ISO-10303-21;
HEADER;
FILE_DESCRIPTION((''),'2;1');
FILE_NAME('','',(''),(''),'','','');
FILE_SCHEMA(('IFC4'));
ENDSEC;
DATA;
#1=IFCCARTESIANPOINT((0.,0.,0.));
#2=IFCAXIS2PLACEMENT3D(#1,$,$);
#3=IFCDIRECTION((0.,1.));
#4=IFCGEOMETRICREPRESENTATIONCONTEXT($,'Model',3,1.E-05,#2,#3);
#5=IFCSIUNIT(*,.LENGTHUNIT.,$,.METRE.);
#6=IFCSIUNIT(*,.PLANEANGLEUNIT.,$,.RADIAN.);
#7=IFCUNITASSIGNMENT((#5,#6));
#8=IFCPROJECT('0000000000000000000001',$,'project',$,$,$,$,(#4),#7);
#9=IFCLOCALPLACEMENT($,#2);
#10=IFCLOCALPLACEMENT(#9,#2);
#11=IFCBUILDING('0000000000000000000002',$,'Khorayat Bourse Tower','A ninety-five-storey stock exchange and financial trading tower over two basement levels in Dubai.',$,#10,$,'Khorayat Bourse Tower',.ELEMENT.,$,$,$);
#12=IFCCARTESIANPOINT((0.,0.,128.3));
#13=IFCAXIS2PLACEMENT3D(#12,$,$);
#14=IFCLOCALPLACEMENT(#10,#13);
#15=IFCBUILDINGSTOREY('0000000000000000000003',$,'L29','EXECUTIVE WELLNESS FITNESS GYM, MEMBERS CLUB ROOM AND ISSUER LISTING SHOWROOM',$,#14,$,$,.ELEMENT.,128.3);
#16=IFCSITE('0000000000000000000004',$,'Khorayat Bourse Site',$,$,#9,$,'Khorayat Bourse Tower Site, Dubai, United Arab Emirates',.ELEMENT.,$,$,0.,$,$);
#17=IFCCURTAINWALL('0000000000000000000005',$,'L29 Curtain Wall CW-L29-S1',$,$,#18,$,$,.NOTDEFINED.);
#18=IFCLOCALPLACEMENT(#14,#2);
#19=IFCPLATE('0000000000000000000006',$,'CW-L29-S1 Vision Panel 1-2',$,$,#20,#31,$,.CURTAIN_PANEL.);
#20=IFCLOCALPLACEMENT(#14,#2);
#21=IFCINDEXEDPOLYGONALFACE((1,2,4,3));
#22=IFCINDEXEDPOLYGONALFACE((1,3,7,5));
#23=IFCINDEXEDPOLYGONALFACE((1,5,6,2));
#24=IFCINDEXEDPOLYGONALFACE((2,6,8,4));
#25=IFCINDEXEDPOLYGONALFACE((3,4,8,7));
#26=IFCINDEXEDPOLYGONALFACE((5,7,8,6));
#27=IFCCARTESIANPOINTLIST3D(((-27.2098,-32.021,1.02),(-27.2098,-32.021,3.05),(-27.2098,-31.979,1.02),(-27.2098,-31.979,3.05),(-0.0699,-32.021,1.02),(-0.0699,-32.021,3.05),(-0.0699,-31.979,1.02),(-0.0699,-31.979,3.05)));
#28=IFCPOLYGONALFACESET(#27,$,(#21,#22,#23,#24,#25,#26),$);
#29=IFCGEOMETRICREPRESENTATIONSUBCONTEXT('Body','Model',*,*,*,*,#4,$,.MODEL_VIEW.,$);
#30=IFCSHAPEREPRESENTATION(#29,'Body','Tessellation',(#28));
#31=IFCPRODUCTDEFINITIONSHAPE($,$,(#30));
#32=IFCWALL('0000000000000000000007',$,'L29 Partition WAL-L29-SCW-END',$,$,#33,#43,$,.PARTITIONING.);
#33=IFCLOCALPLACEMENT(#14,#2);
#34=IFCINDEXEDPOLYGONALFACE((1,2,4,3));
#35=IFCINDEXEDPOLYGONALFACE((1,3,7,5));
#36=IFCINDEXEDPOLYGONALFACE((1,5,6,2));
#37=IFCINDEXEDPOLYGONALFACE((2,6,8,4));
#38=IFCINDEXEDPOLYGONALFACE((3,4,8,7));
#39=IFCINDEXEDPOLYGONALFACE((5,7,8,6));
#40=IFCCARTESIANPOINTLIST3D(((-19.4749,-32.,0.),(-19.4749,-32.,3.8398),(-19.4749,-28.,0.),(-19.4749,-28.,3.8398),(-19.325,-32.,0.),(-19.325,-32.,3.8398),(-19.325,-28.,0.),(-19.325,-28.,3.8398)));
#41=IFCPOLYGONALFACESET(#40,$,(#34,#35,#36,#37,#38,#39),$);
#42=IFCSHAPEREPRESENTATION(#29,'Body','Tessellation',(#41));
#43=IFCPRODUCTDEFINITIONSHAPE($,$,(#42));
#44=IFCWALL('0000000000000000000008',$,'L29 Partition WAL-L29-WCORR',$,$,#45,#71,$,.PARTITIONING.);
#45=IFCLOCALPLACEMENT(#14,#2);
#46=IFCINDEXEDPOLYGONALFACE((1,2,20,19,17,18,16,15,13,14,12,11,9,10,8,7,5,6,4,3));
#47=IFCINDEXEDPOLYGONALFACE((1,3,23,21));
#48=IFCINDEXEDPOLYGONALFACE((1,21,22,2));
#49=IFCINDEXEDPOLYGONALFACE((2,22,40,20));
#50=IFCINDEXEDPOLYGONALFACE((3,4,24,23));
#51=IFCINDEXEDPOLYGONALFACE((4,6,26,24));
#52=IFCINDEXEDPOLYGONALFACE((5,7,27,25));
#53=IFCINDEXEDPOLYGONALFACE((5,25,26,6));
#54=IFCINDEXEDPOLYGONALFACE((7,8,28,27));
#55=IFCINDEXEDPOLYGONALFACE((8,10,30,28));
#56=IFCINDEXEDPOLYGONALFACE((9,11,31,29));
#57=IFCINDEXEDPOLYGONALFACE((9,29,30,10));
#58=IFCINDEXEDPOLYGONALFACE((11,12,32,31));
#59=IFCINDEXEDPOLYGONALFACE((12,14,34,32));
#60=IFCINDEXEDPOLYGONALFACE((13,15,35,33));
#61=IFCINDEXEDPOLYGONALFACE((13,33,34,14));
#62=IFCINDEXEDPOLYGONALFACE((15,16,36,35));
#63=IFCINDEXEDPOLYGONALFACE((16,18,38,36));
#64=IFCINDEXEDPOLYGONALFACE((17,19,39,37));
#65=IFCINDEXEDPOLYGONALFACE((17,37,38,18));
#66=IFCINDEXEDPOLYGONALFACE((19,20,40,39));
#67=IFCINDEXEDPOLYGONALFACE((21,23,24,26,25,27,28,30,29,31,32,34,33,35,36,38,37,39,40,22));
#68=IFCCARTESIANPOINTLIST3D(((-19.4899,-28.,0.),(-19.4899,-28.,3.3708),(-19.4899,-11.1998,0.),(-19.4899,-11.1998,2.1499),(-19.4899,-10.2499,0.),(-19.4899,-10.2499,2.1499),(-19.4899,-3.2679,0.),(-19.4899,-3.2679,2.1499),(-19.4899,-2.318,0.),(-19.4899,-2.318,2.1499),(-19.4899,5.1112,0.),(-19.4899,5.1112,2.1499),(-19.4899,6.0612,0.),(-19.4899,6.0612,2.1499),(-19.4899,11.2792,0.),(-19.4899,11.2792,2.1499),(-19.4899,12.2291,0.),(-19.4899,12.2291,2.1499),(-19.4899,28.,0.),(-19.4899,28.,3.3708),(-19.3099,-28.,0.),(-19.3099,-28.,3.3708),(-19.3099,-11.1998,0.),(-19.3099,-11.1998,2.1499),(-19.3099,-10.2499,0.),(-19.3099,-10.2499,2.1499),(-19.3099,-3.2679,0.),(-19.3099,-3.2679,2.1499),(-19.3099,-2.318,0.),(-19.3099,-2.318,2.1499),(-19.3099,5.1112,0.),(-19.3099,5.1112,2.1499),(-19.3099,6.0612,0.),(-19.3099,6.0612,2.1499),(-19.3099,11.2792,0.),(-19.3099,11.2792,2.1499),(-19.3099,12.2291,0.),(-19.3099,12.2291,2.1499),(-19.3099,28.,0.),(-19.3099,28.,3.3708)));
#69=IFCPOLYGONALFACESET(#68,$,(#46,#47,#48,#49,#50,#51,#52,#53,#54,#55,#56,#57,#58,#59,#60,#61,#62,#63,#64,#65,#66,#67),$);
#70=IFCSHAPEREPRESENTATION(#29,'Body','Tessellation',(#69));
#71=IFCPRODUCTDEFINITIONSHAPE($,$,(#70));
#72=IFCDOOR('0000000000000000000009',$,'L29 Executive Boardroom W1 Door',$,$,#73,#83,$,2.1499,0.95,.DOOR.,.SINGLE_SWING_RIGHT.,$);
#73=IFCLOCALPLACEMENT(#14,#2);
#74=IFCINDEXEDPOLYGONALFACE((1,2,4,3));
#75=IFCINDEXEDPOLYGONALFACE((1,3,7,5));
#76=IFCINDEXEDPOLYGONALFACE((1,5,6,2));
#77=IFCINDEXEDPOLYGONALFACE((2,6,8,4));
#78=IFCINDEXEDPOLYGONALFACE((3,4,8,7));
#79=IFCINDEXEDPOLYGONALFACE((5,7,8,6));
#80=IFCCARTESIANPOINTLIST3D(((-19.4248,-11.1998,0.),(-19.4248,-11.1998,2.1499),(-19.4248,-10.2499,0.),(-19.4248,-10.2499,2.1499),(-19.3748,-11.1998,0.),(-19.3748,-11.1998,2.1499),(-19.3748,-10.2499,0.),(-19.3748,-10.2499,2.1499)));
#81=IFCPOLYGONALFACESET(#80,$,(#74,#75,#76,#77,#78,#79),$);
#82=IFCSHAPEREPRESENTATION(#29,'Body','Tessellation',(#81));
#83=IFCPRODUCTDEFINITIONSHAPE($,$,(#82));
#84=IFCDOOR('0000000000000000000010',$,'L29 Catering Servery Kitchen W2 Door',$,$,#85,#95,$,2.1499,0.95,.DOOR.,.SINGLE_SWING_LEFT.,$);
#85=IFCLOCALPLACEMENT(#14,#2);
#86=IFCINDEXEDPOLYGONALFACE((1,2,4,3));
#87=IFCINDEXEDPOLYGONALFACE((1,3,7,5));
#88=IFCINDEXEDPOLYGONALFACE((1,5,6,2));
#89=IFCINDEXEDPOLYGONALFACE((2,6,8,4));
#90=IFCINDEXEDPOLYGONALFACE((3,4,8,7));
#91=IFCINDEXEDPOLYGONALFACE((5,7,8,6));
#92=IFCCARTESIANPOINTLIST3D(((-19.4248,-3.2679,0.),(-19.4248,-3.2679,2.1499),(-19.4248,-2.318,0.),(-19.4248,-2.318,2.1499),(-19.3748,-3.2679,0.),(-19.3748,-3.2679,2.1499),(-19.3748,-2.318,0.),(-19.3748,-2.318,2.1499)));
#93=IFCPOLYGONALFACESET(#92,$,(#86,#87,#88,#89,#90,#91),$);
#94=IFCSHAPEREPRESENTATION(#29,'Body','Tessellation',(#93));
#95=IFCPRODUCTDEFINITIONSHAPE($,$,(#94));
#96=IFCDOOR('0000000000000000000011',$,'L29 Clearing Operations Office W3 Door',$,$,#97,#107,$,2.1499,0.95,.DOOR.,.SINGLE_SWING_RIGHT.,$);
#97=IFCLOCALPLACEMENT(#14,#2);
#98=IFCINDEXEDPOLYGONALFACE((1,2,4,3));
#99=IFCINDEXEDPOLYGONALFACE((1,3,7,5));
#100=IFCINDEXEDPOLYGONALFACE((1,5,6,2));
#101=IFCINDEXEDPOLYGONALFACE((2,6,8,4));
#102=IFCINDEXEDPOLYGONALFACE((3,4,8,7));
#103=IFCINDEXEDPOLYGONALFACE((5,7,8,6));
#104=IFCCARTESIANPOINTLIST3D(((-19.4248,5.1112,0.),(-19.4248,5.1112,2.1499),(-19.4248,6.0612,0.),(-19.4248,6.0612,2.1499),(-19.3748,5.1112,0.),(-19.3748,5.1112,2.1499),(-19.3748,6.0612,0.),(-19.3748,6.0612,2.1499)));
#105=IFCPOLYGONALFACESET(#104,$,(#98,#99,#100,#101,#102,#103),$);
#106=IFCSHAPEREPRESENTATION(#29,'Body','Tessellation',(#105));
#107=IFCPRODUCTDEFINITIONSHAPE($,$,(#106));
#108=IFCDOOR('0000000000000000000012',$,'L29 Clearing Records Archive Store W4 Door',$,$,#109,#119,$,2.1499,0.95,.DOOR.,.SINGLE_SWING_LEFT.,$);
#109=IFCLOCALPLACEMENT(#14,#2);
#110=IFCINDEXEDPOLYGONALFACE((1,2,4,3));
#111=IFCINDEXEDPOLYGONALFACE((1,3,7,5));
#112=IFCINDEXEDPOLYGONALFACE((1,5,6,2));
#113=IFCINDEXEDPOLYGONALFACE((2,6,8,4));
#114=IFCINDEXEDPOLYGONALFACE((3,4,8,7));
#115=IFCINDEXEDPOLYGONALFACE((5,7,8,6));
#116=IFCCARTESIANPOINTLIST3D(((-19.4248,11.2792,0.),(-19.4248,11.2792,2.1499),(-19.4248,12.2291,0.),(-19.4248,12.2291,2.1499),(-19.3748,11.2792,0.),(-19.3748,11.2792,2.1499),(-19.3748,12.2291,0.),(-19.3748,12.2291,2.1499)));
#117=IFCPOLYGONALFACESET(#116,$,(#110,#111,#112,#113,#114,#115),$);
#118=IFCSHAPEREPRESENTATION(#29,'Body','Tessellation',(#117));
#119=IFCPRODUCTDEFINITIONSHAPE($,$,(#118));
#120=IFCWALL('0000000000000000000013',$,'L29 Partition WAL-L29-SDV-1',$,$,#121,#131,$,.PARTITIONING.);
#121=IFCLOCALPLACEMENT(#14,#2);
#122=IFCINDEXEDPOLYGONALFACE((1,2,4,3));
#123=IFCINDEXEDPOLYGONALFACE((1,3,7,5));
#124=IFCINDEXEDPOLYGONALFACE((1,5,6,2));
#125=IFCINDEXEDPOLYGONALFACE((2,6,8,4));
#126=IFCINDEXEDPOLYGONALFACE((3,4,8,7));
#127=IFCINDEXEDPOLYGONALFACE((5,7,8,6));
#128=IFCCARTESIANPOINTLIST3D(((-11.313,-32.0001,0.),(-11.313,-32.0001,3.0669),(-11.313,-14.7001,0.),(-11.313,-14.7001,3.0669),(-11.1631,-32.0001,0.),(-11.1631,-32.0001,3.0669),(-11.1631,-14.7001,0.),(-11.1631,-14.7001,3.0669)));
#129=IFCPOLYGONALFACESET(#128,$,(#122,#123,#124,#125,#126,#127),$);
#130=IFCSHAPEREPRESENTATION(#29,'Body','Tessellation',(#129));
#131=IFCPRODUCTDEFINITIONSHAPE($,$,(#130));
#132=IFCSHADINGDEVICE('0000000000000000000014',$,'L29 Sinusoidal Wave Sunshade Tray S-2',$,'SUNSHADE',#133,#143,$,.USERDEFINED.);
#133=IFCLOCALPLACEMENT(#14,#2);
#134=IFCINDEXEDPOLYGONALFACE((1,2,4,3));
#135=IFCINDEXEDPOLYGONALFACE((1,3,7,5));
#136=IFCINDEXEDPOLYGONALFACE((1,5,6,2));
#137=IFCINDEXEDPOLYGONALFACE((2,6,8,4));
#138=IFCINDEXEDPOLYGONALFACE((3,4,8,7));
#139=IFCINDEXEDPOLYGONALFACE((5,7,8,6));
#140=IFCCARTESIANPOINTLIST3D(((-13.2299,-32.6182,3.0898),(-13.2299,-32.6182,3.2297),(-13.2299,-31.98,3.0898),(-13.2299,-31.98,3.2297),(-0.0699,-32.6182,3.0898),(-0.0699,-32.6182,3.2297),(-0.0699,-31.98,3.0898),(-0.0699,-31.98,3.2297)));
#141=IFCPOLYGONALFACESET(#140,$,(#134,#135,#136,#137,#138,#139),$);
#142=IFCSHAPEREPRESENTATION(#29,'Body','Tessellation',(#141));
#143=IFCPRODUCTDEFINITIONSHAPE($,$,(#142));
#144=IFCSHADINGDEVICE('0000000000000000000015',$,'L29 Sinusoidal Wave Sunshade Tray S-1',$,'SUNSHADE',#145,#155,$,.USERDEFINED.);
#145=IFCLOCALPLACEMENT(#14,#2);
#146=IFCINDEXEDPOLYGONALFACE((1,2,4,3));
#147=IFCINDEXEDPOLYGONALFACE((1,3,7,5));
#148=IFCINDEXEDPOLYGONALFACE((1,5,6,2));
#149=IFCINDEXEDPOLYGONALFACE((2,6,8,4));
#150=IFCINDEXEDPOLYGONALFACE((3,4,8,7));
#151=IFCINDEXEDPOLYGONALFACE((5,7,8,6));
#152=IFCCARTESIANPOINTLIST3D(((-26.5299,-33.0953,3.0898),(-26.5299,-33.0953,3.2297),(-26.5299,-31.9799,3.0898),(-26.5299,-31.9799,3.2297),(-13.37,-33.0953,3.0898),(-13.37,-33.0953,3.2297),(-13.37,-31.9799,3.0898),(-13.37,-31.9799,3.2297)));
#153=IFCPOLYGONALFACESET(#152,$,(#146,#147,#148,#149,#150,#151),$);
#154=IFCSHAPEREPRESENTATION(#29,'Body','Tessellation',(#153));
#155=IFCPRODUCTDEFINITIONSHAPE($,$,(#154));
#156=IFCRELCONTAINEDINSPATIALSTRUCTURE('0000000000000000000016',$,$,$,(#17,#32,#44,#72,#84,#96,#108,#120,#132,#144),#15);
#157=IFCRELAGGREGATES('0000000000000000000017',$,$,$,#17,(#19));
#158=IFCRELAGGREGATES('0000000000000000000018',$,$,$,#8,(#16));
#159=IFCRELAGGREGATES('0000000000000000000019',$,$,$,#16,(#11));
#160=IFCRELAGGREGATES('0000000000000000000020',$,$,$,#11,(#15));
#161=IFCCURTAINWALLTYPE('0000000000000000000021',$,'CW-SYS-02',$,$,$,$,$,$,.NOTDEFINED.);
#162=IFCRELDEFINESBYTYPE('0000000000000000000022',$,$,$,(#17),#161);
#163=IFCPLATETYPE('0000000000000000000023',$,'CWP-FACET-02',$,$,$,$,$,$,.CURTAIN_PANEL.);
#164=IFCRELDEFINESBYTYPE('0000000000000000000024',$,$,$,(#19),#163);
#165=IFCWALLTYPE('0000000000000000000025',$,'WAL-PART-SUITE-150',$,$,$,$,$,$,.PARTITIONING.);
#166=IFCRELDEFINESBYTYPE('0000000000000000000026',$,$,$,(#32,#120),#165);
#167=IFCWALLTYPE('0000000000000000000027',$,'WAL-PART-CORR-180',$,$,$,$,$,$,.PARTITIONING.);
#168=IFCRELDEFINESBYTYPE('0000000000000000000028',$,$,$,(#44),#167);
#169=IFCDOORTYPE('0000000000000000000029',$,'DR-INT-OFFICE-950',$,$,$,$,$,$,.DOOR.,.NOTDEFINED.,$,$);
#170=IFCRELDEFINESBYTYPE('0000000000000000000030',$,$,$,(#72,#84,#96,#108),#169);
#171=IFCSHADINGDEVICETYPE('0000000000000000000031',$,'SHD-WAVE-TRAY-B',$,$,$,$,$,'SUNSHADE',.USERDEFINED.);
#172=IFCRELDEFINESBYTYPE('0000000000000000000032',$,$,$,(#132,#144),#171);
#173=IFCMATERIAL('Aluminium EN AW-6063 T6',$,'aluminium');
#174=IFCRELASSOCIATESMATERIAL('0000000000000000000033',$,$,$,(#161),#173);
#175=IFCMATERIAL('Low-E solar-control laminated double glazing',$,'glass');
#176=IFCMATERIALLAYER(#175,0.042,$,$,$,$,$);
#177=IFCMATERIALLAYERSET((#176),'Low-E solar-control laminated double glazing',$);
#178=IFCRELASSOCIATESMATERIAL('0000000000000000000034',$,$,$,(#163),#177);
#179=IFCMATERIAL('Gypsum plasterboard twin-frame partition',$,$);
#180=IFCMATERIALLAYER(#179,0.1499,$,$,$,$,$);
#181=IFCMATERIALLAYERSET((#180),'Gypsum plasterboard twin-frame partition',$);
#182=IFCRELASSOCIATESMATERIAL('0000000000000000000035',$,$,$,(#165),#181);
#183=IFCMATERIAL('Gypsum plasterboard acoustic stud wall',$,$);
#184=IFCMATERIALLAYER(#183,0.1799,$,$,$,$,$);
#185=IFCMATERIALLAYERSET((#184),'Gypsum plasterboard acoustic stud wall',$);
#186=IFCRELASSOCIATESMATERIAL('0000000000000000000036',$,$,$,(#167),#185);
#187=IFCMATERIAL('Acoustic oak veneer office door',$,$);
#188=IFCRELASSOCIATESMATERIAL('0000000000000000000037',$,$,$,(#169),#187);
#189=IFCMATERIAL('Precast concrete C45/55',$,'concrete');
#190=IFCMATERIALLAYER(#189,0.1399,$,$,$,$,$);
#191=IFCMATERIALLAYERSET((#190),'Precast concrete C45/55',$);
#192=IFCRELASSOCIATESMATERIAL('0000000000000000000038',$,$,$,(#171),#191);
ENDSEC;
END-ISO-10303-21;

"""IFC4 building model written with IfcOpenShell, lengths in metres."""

from ifc_helpers import new_model, si_unit, direction, frame, frame_2d, origin, origin_2d, place, context, subcontext, project, spatial, rectangle, extrude, source, transform, mapped, material, layer, layer_set, type_object, element, fill, aggregate, save


model = new_model("IFC4")

# Units and contexts
model_context = context("Model", 3, precision=1e-05, world=origin(), true_north=direction((0.0, 1.0)))
body_context = subcontext(model_context, "Body", "Model", "MODEL_VIEW")
ifc_project = project(units=[si_unit("LENGTHUNIT", "METRE"), si_unit("PLANEANGLEUNIT", "RADIAN")], contexts=[model_context])

# Site, building, storey
site_placement = place(None, origin())
site = spatial("IfcSite", under=ifc_project, at=site_placement, Name="Khorayat Bourse Site", LongName="Khorayat Bourse Tower Site, Dubai, United Arab Emirates", CompositionType="ELEMENT", RefElevation=0.0)
building_placement = place(site_placement, origin())
building = spatial("IfcBuilding", under=site, at=building_placement, Name="Khorayat Bourse Tower", Description="A ninety-five-storey stock exchange and financial trading tower over two basement levels in Dubai.", LongName="Khorayat Bourse Tower", CompositionType="ELEMENT")
storey_placement = place(building_placement, frame((0.0, 0.0, 128.3)))
storey = spatial("IfcBuildingStorey", under=building, at=storey_placement, Name="L29", Description="EXECUTIVE WELLNESS FITNESS GYM, MEMBERS CLUB ROOM AND ISSUER LISTING SHOWROOM", CompositionType="ELEMENT", Elevation=128.3)

# Curtain wall
ifc_material_1 = material(Name="Aluminium EN AW-6063 T6", Category="aluminium")
curtain_wall_type = type_object("IfcCurtainWallType", Name="CW-SYS-02", PredefinedType="NOTDEFINED", material=ifc_material_1)
curtain_wall_placement = place(storey_placement, origin())
curtain_wall = element("IfcCurtainWall", 1, at=curtain_wall_placement, inside=storey, type_object=curtain_wall_type, Name="L29 Curtain Wall CW-L29-S1", PredefinedType="NOTDEFINED")

# Plate
ifc_material_2 = material(Name="Low-E solar-control laminated double glazing", Category="glass")
ifc_layer_1 = layer(ifc_material_2, 0.042)
ifc_layer_set_1 = layer_set([ifc_layer_1], Name="Low-E solar-control laminated double glazing")
plate_type_1 = type_object("IfcPlateType", Name="CWP-FACET-02", PredefinedType="CURTAIN_PANEL", material=ifc_layer_set_1)
shared_shape_1 = source(origin(), body_context, "Body", "SweptSolid", [
    extrude(rectangle(XDim=27.1399, YDim=0.042, at=origin_2d()), origin(), (0.0, 0.0, 1.0), 2.03),
])
plate_1_placement = place(storey_placement, frame((-13.6399, -32.0, 1.02), z_axis=(0.0, 0.0, 1.0), x_axis=(1.0, 0.0, 0.0)))
plate_1 = element("IfcPlate", 2, at=plate_1_placement, type_object=plate_type_1, Name="CW-L29-S1 Vision Panel 1-2", PredefinedType="CURTAIN_PANEL", context=body_context, shape_type="MappedRepresentation", body=[
    mapped(shared_shape_1, transform((0.0, 0.0, 0.0), scale=1.0)),
])
aggregate(curtain_wall, [plate_1])

# Wall
ifc_material_3 = material(Name="Gypsum plasterboard twin-frame partition")
ifc_layer_2 = layer(ifc_material_3, 0.1499)
ifc_layer_set_2 = layer_set([ifc_layer_2], Name="Gypsum plasterboard twin-frame partition")
wall_type_1 = type_object("IfcWallType", Name="WAL-PART-SUITE-150", PredefinedType="PARTITIONING", material=ifc_layer_set_2)
shared_shape_2 = source(origin(), body_context, "Body", "SweptSolid", [
    extrude(rectangle(XDim=4.0, YDim=0.1499, at=frame_2d((2.0, 0.0))), origin(), (0.0, 0.0, 1.0), 3.8398),
])
wall_1_placement = place(storey_placement, frame((-19.3999, -32.0, 0.0), z_axis=(0.0, 0.0, 1.0), x_axis=(0.0, 1.0, 0.0)))
element("IfcWall", 3, at=wall_1_placement, inside=storey, type_object=wall_type_1, Name="L29 Partition WAL-L29-SCW-END", PredefinedType="PARTITIONING", context=body_context, shape_type="MappedRepresentation", body=[
    mapped(shared_shape_2, transform((0.0, 0.0, 0.0), scale=1.0)),
])

# Wall, openings, doors
ifc_material_4 = material(Name="Gypsum plasterboard acoustic stud wall")
ifc_layer_3 = layer(ifc_material_4, 0.1799)
ifc_layer_set_3 = layer_set([ifc_layer_3], Name="Gypsum plasterboard acoustic stud wall")
wall_type_2 = type_object("IfcWallType", Name="WAL-PART-CORR-180", PredefinedType="PARTITIONING", material=ifc_layer_set_3)
shared_shape_3 = source(origin(), body_context, "Body", "SweptSolid", [
    extrude(rectangle(XDim=56.0, YDim=0.1799, at=frame_2d((28.0, 0.0))), origin(), (0.0, 0.0, 1.0), 3.3708),
])
wall_2_placement = place(storey_placement, frame((-19.3999, -28.0, 0.0), z_axis=(0.0, 0.0, 1.0), x_axis=(0.0, 1.0, 0.0)))
wall_2 = element("IfcWall", 4, at=wall_2_placement, inside=storey, type_object=wall_type_2, Name="L29 Partition WAL-L29-WCORR", PredefinedType="PARTITIONING", context=body_context, shape_type="MappedRepresentation", body=[
    mapped(shared_shape_3, transform((0.0, 0.0, 0.0), scale=1.0)),
])
shared_shape_4 = source(origin(), body_context, "Body", "SweptSolid", [
    extrude(rectangle(XDim=0.95, YDim=2.1499, at=frame_2d((0.4751, 1.075))), frame((0.0, 0.0999, 0.0), z_axis=(0.0, -1.0, 0.0), x_axis=(1.0, 0.0, 0.0)), (0.0, 0.0, 1.0), 0.2),
])
opening_1_placement = place(wall_2_placement, frame((16.8, 0.0, 0.0)))
opening_1 = element("IfcOpeningElement", 5, at=opening_1_placement, cuts=wall_2, PredefinedType="OPENING", context=body_context, shape_type="MappedRepresentation", body=[
    mapped(shared_shape_4, transform((0.0, 0.0, 0.0), scale=1.0)),
])
opening_2_placement = place(wall_2_placement, frame((24.7319, 0.0, 0.0)))
opening_2 = element("IfcOpeningElement", 6, at=opening_2_placement, cuts=wall_2, PredefinedType="OPENING", context=body_context, shape_type="MappedRepresentation", body=[
    mapped(shared_shape_4, transform((0.0, 0.0, 0.0), scale=1.0)),
])
opening_3_placement = place(wall_2_placement, frame((33.1111, 0.0, 0.0)))
opening_3 = element("IfcOpeningElement", 7, at=opening_3_placement, cuts=wall_2, PredefinedType="OPENING", context=body_context, shape_type="MappedRepresentation", body=[
    mapped(shared_shape_4, transform((0.0, 0.0, 0.0), scale=1.0)),
])
opening_4_placement = place(wall_2_placement, frame((39.2791, 0.0, 0.0)))
opening_4 = element("IfcOpeningElement", 8, at=opening_4_placement, cuts=wall_2, PredefinedType="OPENING", context=body_context, shape_type="MappedRepresentation", body=[
    mapped(shared_shape_4, transform((0.0, 0.0, 0.0), scale=1.0)),
])
ifc_material_5 = material(Name="Acoustic oak veneer office door")
door_type = type_object("IfcDoorType", Name="DR-INT-OFFICE-950", OperationType="NOTDEFINED", PredefinedType="DOOR", material=ifc_material_5)
shared_shape_5 = source(origin(), body_context, "Body", "SweptSolid", [
    extrude(rectangle(XDim=0.95, YDim=2.1499, at=frame_2d((0.4751, 1.075))), frame((0.0, 0.0249, 0.0), z_axis=(0.0, -1.0, 0.0), x_axis=(1.0, 0.0, 0.0)), (0.0, 0.0, 1.0), 0.05),
])
door_1_placement = place(opening_1_placement, origin())
door_1 = element("IfcDoor", 9, at=door_1_placement, inside=storey, type_object=door_type, Name="L29 Executive Boardroom W1 Door", OperationType="SINGLE_SWING_RIGHT", OverallHeight=2.1499, OverallWidth=0.95, PredefinedType="DOOR", context=body_context, shape_type="MappedRepresentation", body=[
    mapped(shared_shape_5, transform((0.0, 0.0, 0.0), scale=1.0)),
])
fill(opening_1, door_1)
door_2_placement = place(opening_2_placement, origin())
door_2 = element("IfcDoor", 10, at=door_2_placement, inside=storey, type_object=door_type, Name="L29 Catering Servery Kitchen W2 Door", OperationType="SINGLE_SWING_LEFT", OverallHeight=2.1499, OverallWidth=0.95, PredefinedType="DOOR", context=body_context, shape_type="MappedRepresentation", body=[
    mapped(shared_shape_5, transform((0.0, 0.0, 0.0), scale=1.0)),
])
fill(opening_2, door_2)
door_3_placement = place(opening_3_placement, origin())
door_3 = element("IfcDoor", 11, at=door_3_placement, inside=storey, type_object=door_type, Name="L29 Clearing Operations Office W3 Door", OperationType="SINGLE_SWING_RIGHT", OverallHeight=2.1499, OverallWidth=0.95, PredefinedType="DOOR", context=body_context, shape_type="MappedRepresentation", body=[
    mapped(shared_shape_5, transform((0.0, 0.0, 0.0), scale=1.0)),
])
fill(opening_3, door_3)
door_4_placement = place(opening_4_placement, origin())
door_4 = element("IfcDoor", 12, at=door_4_placement, inside=storey, type_object=door_type, Name="L29 Clearing Records Archive Store W4 Door", OperationType="SINGLE_SWING_LEFT", OverallHeight=2.1499, OverallWidth=0.95, PredefinedType="DOOR", context=body_context, shape_type="MappedRepresentation", body=[
    mapped(shared_shape_5, transform((0.0, 0.0, 0.0), scale=1.0)),
])
fill(opening_4, door_4)

# Wall
shared_shape_6 = source(origin(), body_context, "Body", "SweptSolid", [
    extrude(rectangle(XDim=17.3, YDim=0.1499, at=frame_2d((8.6499, 0.0))), origin(), (0.0, 0.0, 1.0), 3.0669),
])
wall_3_placement = place(storey_placement, frame((-11.238, -32.0, 0.0), z_axis=(0.0, 0.0, 1.0), x_axis=(0.0, 1.0, 0.0)))
element("IfcWall", 13, at=wall_3_placement, inside=storey, type_object=wall_type_1, Name="L29 Partition WAL-L29-SDV-1", PredefinedType="PARTITIONING", context=body_context, shape_type="MappedRepresentation", body=[
    mapped(shared_shape_6, transform((0.0, 0.0, 0.0), scale=1.0)),
])

# Shading devices
ifc_material_6 = material(Name="Precast concrete C45/55", Category="concrete")
ifc_layer_4 = layer(ifc_material_6, 0.1399)
ifc_layer_set_4 = layer_set([ifc_layer_4], Name="Precast concrete C45/55")
shading_device_type = type_object("IfcShadingDeviceType", Name="SHD-WAVE-TRAY-B", ElementType="SUNSHADE", PredefinedType="USERDEFINED", material=ifc_layer_set_4)
shared_shape_7 = source(origin(), body_context, "Body", "SweptSolid", [
    extrude(rectangle(XDim=13.1599, YDim=0.6382, at=origin_2d()), origin(), (0.0, 0.0, 1.0), 0.1399),
])
shading_device_1_placement = place(storey_placement, frame((-6.6499, -32.2991, 3.0898), z_axis=(0.0, 0.0, 1.0), x_axis=(1.0, 0.0, 0.0)))
element("IfcShadingDevice", 14, at=shading_device_1_placement, inside=storey, type_object=shading_device_type, Name="L29 Sinusoidal Wave Sunshade Tray S-2", ObjectType="SUNSHADE", PredefinedType="USERDEFINED", context=body_context, shape_type="MappedRepresentation", body=[
    mapped(shared_shape_7, transform((0.0, 0.0, 0.0), scale=1.0)),
])
shared_shape_8 = source(origin(), body_context, "Body", "SweptSolid", [
    extrude(rectangle(XDim=13.1599, YDim=1.1155, at=origin_2d()), origin(), (0.0, 0.0, 1.0), 0.1399),
])
shading_device_2_placement = place(storey_placement, frame((-19.95, -32.5376, 3.0898), z_axis=(0.0, 0.0, 1.0), x_axis=(1.0, 0.0, 0.0)))
element("IfcShadingDevice", 15, at=shading_device_2_placement, inside=storey, type_object=shading_device_type, Name="L29 Sinusoidal Wave Sunshade Tray S-1", ObjectType="SUNSHADE", PredefinedType="USERDEFINED", context=body_context, shape_type="MappedRepresentation", body=[
    mapped(shared_shape_8, transform((0.0, 0.0, 0.0), scale=1.0)),
])

save(model, "model.ifc")
